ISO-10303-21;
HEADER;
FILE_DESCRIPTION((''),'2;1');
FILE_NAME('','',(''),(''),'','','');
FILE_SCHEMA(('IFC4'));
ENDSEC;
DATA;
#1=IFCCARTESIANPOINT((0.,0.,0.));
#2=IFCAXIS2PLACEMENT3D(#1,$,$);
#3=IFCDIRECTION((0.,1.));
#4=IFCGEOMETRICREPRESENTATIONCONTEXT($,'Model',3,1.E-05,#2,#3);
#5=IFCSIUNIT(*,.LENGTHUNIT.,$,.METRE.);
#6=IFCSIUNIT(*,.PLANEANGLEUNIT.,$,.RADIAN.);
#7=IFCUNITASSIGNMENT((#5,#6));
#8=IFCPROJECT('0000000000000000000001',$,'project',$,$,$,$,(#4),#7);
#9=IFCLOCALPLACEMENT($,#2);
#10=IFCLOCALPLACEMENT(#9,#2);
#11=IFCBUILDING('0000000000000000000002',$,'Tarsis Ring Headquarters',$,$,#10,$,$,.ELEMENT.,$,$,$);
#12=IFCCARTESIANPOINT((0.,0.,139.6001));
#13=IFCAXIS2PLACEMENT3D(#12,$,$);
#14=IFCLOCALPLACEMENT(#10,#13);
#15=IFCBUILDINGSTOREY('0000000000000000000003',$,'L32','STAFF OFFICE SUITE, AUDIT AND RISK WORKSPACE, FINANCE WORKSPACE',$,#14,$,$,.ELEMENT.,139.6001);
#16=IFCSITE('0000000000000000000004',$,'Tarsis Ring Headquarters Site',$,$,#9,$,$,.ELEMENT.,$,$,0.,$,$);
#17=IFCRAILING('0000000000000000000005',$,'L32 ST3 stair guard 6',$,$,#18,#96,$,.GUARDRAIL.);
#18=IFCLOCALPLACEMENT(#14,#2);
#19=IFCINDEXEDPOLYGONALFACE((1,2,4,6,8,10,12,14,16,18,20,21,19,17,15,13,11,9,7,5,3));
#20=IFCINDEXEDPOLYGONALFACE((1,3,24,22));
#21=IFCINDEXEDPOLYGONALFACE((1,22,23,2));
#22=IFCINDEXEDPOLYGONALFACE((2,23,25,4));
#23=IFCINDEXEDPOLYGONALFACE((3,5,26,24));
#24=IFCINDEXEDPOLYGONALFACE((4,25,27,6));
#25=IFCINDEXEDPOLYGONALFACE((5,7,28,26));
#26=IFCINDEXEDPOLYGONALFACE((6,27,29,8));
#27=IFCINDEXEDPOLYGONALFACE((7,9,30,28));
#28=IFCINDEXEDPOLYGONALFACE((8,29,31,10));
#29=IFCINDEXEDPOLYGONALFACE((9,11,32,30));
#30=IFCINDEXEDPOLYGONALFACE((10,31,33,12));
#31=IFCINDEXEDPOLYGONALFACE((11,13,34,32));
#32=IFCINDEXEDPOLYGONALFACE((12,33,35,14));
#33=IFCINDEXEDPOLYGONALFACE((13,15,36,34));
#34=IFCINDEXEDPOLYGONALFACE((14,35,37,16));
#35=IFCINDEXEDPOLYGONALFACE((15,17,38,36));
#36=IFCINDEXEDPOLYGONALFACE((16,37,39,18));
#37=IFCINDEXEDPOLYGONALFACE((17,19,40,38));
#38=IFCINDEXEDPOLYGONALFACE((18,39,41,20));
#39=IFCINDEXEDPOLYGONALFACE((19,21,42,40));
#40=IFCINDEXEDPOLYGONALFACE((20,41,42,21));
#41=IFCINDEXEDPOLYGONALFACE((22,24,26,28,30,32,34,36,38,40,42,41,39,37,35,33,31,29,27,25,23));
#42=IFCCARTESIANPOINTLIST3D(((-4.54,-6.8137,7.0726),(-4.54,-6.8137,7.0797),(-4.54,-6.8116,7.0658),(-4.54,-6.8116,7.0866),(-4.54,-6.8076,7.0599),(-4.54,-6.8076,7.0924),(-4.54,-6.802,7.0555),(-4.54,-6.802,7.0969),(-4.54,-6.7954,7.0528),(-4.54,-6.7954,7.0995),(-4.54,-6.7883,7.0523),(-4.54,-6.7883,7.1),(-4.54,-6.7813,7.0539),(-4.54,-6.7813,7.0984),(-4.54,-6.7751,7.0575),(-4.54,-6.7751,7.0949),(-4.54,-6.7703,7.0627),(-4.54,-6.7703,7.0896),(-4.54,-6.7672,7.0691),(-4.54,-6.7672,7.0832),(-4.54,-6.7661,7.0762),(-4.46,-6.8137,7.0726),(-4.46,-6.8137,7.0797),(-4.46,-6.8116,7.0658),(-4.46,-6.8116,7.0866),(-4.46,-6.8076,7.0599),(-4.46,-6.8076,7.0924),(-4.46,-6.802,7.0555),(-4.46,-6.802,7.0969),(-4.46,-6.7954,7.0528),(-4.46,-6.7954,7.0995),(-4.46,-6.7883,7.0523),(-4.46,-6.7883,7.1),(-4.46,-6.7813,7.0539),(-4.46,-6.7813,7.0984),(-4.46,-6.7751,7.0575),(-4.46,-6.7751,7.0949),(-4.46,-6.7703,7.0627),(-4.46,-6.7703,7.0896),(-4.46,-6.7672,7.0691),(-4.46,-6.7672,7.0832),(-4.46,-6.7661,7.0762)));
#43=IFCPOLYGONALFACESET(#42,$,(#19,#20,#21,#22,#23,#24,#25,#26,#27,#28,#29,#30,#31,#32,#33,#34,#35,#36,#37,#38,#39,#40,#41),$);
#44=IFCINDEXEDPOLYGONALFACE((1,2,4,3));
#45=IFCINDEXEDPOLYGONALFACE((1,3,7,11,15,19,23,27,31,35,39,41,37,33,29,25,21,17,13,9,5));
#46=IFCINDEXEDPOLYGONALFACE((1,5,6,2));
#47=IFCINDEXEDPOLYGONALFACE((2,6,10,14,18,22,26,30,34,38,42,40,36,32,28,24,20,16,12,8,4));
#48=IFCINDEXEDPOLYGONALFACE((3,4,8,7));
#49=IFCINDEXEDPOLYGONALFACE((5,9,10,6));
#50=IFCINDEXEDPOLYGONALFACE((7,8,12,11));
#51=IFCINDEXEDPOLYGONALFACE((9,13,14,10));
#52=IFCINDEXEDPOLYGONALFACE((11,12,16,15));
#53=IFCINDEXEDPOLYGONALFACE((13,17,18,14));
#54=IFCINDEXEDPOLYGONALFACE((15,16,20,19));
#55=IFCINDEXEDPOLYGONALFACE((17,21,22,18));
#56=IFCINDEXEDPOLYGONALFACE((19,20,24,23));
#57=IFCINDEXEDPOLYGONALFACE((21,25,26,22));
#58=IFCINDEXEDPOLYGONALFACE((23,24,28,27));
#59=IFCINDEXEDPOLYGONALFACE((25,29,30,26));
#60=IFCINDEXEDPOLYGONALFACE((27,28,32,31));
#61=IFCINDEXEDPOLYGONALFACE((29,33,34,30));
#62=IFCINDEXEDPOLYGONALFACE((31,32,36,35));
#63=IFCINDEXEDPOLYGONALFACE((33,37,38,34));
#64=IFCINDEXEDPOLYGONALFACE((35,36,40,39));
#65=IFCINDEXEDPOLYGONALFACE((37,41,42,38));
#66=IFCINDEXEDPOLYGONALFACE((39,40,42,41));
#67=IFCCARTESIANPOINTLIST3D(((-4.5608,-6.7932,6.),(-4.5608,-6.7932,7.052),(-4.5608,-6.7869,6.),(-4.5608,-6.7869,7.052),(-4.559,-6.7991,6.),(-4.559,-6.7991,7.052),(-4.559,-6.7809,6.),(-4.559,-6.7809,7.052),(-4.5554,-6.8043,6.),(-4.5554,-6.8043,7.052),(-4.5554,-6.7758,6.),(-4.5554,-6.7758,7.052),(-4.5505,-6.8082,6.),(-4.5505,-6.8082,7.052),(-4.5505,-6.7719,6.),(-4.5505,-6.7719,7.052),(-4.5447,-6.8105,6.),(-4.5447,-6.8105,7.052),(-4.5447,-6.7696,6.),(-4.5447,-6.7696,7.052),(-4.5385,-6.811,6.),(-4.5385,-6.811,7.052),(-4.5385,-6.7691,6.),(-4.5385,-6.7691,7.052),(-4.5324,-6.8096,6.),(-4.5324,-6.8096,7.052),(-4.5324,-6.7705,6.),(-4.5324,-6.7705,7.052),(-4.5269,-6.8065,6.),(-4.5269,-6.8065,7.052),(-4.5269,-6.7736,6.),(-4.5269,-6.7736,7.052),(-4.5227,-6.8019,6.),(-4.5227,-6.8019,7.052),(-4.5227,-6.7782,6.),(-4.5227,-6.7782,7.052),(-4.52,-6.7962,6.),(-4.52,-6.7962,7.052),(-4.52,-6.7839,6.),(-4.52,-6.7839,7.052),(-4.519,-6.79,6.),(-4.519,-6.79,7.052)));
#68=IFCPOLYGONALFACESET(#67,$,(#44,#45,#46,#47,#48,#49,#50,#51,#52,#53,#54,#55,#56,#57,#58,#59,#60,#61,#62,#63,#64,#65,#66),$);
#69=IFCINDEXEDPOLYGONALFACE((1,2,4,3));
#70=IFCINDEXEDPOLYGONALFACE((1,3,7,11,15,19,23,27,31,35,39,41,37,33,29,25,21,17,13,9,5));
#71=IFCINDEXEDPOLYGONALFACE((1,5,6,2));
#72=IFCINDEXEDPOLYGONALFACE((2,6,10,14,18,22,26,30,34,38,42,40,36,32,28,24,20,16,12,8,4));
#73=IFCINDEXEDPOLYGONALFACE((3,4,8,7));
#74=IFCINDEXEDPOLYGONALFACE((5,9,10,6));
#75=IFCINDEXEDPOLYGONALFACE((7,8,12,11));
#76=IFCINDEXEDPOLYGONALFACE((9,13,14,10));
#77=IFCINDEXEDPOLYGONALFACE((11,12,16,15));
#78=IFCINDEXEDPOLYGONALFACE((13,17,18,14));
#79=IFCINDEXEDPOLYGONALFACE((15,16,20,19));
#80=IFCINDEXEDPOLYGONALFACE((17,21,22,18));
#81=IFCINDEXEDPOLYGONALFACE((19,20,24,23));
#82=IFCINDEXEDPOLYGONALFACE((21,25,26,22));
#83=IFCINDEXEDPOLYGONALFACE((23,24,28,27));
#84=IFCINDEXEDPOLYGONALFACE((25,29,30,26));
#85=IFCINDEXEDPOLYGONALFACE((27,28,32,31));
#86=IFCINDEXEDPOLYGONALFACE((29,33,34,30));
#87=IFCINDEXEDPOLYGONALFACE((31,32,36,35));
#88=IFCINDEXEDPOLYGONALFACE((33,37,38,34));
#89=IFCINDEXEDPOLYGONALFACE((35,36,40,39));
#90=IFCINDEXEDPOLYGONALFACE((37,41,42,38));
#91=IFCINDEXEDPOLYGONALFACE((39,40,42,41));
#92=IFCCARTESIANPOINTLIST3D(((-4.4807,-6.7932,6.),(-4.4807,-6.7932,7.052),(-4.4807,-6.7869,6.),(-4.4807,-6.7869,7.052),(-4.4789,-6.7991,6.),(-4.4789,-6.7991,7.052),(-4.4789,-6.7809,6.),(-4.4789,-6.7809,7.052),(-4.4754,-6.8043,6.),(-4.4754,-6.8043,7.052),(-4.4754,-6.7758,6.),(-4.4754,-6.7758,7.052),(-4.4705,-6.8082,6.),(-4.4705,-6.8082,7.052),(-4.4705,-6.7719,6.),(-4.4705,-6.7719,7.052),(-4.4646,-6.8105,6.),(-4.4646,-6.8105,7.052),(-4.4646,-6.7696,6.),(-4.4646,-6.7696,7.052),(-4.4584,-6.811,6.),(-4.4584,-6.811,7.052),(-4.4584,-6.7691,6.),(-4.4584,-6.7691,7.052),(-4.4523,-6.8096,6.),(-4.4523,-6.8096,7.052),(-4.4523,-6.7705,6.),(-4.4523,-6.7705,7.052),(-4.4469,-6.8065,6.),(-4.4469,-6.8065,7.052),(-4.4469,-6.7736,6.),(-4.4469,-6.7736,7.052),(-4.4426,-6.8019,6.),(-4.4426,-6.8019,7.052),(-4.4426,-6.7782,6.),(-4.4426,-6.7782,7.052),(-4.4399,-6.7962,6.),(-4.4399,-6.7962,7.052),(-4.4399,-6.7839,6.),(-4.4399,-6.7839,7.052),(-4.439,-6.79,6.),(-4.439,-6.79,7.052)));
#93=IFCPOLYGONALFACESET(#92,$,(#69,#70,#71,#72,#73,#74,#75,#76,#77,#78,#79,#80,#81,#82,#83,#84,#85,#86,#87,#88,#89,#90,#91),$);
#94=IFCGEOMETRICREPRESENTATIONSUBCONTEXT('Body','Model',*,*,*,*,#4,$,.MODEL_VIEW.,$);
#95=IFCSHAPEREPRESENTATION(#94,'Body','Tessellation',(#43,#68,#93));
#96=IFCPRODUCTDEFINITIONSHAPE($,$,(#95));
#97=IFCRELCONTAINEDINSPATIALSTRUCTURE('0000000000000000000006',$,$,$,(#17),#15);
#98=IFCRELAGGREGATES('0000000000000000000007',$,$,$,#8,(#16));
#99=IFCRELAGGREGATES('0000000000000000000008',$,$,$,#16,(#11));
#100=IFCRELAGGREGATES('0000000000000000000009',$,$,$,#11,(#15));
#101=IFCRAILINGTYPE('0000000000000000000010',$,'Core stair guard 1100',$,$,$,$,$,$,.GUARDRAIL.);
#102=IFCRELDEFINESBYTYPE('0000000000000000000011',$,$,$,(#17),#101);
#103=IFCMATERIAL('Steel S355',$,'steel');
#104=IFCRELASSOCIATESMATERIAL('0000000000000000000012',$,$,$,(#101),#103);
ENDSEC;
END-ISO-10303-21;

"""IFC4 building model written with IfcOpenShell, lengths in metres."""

from ifc_helpers import new_model, si_unit, direction, frame, origin, origin_2d, place, context, subcontext, project, spatial, circle, extrude, material, type_object, element, save


model = new_model("IFC4")

# Units and contexts
model_context = context("Model", 3, precision=1e-05, world=origin(), true_north=direction((0.0, 1.0)))
body_context = subcontext(model_context, "Body", "Model", "MODEL_VIEW")
ifc_project = project(units=[si_unit("LENGTHUNIT", "METRE"), si_unit("PLANEANGLEUNIT", "RADIAN")], contexts=[model_context])

# Site, building, storey
site_placement = place(None, origin())
site = spatial("IfcSite", under=ifc_project, at=site_placement, Name="Tarsis Ring Headquarters Site", CompositionType="ELEMENT", RefElevation=0.0)
building_placement = place(site_placement, origin())
building = spatial("IfcBuilding", under=site, at=building_placement, Name="Tarsis Ring Headquarters", CompositionType="ELEMENT")
storey_placement = place(building_placement, frame((0.0, 0.0, 139.6001)))
storey = spatial("IfcBuildingStorey", under=building, at=storey_placement, Name="L32", Description="STAFF OFFICE SUITE, AUDIT AND RISK WORKSPACE, FINANCE WORKSPACE", CompositionType="ELEMENT", Elevation=139.6001)

# Railing
ifc_material_1 = material(Name="Steel S355", Category="steel")
railing_type_1 = type_object("IfcRailingType", Name="Core stair guard 1100", PredefinedType="GUARDRAIL", material=ifc_material_1)
railing_1_placement = place(storey_placement, frame((-4.54, -6.79, 6.0)))
element("IfcRailing", 1, at=railing_1_placement, inside=storey, type_object=railing_type_1, Name="L32 ST3 stair guard 6", PredefinedType="GUARDRAIL", context=body_context, shape_type="SweptSolid", body=[
    extrude(circle(Radius=0.0239, at=origin_2d()), frame((0.0, 0.0, 1.0762), z_axis=(1.0, 0.0, 0.0), x_axis=(0.0, 1.0, 0.0)), (0.0, 0.0, 1.0), 0.0801),
    extrude(circle(Radius=0.021, at=origin_2d()), origin(), (0.0, 0.0, 1.0), 1.052),
    extrude(circle(Radius=0.021, at=origin_2d()), frame((0.0801, 0.0, 0.0)), (0.0, 0.0, 1.0), 1.052),
])

save(model, "model.ifc")
